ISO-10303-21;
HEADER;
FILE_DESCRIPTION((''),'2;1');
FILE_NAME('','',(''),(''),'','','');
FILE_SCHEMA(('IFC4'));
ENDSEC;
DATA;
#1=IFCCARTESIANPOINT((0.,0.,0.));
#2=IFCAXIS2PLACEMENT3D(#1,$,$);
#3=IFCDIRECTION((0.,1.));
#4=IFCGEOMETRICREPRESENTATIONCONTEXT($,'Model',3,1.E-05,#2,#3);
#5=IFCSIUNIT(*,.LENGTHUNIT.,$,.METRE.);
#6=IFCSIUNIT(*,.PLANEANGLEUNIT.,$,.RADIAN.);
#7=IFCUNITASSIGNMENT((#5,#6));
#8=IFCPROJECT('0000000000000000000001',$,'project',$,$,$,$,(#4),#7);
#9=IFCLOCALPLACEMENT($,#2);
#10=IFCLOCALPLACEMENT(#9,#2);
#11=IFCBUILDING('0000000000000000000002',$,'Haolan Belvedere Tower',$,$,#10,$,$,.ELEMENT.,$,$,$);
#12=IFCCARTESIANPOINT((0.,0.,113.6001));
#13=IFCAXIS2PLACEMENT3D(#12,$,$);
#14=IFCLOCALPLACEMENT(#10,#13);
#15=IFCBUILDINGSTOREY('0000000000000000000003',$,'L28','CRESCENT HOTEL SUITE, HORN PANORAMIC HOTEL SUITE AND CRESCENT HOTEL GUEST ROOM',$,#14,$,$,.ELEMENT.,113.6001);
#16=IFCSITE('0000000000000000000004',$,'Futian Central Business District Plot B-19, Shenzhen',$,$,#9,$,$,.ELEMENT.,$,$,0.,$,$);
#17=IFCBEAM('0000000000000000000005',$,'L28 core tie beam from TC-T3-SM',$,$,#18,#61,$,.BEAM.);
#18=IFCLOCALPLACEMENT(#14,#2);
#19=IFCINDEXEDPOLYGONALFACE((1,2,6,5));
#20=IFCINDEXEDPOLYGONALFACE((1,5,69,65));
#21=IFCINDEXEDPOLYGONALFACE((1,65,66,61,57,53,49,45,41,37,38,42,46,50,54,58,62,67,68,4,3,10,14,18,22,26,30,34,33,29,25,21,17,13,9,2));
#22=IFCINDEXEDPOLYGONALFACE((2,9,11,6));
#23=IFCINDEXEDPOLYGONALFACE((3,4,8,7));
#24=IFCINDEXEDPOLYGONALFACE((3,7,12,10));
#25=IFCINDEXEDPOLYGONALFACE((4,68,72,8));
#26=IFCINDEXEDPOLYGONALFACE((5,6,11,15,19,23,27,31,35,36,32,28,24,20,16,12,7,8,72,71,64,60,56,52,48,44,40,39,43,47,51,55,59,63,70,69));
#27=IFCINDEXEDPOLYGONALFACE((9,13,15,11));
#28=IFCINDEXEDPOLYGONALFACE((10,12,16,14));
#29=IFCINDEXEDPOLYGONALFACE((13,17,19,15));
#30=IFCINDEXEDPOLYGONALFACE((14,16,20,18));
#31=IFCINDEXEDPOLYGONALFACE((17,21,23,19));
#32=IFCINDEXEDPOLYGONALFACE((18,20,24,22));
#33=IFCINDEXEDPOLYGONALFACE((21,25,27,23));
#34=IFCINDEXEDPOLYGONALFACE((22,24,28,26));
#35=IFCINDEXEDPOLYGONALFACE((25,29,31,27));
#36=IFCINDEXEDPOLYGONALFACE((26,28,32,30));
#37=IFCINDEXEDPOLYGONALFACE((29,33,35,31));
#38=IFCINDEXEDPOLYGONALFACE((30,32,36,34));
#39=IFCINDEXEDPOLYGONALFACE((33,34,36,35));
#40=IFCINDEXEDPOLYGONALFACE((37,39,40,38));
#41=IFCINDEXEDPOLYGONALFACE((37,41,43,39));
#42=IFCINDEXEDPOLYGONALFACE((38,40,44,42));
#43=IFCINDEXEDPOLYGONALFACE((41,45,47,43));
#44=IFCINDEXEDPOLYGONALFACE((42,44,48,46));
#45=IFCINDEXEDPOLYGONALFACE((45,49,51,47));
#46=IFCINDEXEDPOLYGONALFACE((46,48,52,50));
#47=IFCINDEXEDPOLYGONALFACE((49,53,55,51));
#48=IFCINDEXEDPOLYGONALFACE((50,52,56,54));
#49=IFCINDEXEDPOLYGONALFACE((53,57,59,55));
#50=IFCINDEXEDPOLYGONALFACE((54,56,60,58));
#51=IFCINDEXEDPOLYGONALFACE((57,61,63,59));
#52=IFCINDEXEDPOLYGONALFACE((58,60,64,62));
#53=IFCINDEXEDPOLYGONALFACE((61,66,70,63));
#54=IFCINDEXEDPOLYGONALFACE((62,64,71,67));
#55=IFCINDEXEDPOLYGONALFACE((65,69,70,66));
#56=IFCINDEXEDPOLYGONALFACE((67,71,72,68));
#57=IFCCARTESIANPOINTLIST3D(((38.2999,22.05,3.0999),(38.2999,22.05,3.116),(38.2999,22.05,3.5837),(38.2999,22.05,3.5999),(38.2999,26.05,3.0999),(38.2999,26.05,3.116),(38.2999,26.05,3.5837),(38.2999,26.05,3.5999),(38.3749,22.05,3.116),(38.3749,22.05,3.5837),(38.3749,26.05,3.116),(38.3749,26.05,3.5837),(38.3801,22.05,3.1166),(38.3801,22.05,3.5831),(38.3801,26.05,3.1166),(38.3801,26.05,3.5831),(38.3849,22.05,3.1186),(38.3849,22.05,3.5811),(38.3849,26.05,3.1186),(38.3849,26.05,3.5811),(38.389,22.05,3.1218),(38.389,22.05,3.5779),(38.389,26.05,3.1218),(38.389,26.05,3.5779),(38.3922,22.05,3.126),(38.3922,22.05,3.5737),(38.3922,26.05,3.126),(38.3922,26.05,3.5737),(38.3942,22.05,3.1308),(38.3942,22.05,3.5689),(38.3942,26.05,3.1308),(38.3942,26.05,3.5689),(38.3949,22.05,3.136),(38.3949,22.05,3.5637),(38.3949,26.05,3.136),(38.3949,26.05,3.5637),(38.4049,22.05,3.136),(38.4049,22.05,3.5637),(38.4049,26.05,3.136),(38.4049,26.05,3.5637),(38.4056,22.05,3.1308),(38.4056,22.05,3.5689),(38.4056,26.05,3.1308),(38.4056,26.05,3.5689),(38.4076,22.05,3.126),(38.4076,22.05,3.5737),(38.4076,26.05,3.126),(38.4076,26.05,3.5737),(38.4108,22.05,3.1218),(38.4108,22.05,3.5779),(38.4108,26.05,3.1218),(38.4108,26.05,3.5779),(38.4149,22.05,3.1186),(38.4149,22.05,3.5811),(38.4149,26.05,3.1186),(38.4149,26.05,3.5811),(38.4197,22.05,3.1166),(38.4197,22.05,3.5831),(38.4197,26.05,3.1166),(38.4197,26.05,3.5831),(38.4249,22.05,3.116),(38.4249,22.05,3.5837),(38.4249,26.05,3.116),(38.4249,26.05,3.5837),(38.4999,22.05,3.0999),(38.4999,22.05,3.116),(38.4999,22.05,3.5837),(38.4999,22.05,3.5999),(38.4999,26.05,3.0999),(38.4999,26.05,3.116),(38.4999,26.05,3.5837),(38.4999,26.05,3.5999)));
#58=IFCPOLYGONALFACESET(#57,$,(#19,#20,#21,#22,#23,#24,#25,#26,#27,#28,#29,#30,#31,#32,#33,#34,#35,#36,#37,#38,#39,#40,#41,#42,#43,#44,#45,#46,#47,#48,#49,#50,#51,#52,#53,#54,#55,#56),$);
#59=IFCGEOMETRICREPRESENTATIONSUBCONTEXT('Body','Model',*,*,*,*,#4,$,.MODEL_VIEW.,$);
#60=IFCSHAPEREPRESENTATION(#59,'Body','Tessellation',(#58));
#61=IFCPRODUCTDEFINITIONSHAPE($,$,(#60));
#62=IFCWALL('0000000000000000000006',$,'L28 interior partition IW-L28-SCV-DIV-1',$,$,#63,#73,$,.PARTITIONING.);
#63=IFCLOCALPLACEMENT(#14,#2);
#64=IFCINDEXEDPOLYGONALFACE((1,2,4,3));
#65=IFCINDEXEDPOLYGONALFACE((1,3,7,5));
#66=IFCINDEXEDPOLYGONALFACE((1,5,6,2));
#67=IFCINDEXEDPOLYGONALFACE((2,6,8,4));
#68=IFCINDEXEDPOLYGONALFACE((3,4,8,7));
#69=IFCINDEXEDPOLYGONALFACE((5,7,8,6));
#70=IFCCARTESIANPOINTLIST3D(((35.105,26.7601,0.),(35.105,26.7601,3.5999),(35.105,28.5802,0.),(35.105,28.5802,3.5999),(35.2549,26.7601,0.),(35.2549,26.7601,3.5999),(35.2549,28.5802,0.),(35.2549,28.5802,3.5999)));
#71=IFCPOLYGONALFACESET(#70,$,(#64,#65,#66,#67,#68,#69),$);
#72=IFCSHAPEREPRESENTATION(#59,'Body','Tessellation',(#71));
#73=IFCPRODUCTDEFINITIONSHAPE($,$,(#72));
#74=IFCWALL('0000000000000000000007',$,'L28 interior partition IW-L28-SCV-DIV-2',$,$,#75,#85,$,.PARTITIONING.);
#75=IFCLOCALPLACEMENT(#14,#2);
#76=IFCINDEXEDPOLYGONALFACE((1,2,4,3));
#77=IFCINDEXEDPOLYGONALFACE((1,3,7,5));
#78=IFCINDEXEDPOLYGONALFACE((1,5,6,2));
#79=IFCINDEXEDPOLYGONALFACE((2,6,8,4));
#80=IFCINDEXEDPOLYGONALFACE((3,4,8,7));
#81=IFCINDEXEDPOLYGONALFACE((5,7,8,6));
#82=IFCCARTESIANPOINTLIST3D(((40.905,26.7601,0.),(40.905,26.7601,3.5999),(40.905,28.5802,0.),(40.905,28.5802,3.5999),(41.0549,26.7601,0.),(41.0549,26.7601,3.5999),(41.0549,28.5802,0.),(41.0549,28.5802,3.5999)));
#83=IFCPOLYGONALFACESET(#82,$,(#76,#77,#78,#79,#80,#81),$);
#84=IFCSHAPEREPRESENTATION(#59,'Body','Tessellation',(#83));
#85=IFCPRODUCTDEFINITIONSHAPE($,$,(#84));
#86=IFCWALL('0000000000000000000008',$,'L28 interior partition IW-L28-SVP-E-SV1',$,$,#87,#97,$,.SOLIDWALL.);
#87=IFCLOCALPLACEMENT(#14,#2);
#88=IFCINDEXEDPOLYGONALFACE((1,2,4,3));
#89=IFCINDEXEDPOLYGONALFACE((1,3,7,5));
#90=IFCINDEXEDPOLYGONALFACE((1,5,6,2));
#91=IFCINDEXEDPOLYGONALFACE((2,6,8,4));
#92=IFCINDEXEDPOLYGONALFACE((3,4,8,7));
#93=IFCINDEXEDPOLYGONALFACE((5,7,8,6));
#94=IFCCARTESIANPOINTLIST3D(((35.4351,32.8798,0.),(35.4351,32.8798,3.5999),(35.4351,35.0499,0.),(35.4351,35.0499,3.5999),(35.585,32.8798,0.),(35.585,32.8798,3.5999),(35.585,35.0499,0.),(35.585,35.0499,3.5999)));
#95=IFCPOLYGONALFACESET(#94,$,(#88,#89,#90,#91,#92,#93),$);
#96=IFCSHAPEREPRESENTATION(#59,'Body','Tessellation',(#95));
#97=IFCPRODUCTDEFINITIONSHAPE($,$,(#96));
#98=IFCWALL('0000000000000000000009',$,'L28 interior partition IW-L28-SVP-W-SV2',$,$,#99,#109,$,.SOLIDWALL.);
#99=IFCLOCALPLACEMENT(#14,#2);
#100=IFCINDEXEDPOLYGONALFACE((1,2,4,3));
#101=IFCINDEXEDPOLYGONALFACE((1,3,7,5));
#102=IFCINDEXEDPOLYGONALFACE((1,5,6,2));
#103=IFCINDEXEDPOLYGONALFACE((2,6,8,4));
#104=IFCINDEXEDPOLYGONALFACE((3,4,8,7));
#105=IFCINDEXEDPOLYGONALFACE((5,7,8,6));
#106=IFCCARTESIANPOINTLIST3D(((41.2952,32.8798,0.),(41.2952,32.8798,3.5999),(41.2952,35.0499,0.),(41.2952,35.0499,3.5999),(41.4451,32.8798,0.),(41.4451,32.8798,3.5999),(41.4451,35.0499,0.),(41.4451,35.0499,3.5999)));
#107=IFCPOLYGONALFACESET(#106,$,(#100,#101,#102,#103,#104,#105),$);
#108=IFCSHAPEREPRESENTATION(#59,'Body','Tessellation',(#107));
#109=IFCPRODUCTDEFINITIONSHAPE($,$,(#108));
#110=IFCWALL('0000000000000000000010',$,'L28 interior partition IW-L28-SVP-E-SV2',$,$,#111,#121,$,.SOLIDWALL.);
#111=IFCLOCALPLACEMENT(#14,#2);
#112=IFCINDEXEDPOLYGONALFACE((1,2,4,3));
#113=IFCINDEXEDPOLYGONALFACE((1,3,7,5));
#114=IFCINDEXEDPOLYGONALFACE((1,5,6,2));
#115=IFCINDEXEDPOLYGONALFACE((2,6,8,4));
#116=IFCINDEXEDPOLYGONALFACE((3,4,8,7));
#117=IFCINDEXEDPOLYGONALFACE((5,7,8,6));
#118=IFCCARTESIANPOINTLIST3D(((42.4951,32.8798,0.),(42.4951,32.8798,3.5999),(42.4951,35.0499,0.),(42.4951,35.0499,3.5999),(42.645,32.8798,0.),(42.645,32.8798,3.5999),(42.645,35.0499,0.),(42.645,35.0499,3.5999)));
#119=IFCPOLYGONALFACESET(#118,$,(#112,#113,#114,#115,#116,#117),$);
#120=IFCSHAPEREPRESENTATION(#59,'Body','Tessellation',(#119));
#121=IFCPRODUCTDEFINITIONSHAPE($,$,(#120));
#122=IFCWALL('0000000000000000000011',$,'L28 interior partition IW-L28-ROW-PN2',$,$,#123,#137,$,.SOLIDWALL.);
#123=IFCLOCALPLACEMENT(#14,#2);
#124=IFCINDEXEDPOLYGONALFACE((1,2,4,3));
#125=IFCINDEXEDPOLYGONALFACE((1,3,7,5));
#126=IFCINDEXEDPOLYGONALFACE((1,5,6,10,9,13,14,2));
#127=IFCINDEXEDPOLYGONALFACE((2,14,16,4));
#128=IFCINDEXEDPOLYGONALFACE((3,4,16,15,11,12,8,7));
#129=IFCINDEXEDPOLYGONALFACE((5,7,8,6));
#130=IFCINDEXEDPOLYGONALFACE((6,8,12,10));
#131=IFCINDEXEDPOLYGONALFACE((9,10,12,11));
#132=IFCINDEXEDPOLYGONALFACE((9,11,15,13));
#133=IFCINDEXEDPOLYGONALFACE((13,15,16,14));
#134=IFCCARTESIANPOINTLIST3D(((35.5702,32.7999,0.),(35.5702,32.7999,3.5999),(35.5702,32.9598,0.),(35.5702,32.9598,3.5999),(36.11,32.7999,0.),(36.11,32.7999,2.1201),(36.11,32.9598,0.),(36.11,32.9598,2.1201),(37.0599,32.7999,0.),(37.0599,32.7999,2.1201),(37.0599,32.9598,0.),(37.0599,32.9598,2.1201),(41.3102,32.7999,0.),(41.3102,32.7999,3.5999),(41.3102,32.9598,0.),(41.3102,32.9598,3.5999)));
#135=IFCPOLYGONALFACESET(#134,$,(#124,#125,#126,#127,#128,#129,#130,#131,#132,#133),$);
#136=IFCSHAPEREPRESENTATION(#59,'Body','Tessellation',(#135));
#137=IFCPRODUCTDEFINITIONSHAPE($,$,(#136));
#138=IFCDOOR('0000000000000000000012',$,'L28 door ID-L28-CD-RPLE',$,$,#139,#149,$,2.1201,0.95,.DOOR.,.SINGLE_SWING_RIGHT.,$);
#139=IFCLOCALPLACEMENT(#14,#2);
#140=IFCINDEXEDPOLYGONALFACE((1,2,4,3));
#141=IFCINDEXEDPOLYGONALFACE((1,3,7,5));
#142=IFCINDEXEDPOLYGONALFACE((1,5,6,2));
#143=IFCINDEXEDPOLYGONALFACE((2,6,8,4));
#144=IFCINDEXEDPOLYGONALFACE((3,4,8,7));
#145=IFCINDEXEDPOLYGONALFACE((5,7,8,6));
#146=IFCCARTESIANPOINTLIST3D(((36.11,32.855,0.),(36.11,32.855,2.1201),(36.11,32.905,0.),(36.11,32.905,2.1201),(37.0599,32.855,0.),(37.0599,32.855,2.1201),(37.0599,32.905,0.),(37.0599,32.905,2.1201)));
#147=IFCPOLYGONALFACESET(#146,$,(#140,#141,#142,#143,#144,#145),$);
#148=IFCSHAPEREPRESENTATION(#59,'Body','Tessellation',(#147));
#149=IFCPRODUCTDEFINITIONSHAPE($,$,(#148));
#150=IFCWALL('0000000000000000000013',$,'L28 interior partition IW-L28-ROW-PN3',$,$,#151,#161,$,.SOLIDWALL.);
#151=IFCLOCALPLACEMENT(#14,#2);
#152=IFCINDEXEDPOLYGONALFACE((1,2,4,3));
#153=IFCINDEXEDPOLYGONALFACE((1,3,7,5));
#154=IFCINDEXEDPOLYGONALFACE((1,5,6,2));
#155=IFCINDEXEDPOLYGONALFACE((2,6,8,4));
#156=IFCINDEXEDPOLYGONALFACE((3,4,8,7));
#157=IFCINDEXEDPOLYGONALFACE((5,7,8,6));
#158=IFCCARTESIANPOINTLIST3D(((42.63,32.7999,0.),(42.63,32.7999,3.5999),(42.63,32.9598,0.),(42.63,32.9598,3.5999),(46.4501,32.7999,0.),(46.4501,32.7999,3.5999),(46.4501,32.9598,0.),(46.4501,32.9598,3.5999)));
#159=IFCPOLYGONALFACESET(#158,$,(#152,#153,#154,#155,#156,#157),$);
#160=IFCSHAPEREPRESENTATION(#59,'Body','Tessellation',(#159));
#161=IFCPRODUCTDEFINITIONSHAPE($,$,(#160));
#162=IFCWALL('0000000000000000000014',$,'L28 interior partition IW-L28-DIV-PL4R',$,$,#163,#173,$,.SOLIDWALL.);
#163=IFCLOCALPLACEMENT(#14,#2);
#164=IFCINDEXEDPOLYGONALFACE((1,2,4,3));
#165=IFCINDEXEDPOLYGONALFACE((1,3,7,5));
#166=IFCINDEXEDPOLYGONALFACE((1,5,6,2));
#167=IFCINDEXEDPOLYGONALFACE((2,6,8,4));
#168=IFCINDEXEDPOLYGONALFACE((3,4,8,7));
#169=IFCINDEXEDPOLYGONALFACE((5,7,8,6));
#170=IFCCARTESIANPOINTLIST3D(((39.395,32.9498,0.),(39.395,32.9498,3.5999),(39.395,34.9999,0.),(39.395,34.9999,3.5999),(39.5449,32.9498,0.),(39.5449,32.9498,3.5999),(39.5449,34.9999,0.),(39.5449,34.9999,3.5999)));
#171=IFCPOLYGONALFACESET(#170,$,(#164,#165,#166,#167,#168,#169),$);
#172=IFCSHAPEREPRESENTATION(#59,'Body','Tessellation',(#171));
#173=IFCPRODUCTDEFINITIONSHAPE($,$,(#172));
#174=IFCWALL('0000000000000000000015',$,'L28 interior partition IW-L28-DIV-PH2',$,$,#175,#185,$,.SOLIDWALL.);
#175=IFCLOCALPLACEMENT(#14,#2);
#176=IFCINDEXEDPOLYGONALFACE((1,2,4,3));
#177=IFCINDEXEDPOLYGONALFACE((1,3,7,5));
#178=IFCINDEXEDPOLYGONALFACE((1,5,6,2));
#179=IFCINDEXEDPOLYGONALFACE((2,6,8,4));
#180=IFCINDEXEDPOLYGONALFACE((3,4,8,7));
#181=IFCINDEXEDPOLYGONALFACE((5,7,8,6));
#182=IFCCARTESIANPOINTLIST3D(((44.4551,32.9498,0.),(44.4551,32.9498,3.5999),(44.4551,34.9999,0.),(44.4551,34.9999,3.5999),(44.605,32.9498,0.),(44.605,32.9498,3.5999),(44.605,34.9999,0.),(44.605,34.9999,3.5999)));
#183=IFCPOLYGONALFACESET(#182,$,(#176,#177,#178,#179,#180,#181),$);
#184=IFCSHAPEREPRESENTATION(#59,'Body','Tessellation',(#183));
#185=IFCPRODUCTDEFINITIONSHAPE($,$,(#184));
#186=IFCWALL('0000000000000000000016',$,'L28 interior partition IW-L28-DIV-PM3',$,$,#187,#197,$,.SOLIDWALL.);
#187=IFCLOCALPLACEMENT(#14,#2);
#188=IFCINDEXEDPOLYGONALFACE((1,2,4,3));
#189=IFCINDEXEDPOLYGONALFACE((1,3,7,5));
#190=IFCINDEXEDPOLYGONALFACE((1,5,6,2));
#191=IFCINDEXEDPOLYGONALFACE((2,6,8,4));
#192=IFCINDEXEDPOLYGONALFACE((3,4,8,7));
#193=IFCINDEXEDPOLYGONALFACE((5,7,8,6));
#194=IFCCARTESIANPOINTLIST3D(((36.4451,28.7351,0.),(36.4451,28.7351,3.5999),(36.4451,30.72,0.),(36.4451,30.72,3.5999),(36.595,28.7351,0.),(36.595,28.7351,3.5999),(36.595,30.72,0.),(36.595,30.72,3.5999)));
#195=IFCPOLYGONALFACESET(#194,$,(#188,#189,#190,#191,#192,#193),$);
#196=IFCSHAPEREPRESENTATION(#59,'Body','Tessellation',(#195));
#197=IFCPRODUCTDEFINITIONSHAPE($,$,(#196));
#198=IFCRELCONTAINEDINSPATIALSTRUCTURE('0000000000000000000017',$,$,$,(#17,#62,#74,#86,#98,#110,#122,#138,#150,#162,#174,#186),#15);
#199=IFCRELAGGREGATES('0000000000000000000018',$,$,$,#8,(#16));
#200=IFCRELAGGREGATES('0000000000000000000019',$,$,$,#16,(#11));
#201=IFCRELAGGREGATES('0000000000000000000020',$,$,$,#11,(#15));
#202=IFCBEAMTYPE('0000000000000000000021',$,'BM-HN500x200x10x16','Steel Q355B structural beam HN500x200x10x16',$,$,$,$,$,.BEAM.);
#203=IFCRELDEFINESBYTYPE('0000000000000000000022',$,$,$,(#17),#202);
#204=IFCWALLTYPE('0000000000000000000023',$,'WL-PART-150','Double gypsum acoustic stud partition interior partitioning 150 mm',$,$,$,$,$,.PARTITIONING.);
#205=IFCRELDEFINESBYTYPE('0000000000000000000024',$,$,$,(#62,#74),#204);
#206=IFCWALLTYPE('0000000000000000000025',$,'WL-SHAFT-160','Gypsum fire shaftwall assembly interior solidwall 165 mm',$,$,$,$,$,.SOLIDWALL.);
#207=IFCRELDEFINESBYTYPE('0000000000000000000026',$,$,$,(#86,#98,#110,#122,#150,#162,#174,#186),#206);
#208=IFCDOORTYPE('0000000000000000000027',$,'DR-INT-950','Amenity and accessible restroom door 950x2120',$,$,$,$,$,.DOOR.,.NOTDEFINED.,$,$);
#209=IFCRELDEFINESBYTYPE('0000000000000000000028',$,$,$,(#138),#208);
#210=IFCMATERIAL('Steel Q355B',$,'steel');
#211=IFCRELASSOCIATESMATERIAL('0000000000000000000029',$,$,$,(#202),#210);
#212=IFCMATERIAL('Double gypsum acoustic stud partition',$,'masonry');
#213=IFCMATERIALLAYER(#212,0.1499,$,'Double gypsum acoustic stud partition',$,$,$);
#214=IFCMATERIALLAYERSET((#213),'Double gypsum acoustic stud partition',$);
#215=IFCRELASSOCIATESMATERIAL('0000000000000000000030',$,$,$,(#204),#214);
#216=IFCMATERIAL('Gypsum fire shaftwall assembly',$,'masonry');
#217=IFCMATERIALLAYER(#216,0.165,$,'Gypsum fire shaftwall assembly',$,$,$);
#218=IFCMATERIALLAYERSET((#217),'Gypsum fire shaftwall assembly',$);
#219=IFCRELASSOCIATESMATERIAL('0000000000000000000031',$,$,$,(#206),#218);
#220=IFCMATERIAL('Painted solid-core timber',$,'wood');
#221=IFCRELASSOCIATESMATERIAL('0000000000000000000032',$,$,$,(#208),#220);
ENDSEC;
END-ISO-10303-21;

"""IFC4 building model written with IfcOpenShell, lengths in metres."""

from ifc_helpers import new_model, si_unit, direction, frame, frame_2d, origin, origin_2d, place, context, subcontext, project, spatial, rectangle, i_section, extrude, material, layer, layer_set, material_profile, profile_set, type_object, element, fill, save


model = new_model("IFC4")

# Units and contexts
model_context = context("Model", 3, precision=1e-05, world=origin(), true_north=direction((0.0, 1.0)))
body_context = subcontext(model_context, "Body", "Model", "MODEL_VIEW")
ifc_project = project(units=[si_unit("LENGTHUNIT", "METRE"), si_unit("PLANEANGLEUNIT", "RADIAN")], contexts=[model_context])

# Site, building, storey
site_placement = place(None, origin())
site = spatial("IfcSite", under=ifc_project, at=site_placement, Name="Futian Central Business District Plot B-19, Shenzhen", CompositionType="ELEMENT", RefElevation=0.0)
building_placement = place(site_placement, origin())
building = spatial("IfcBuilding", under=site, at=building_placement, Name="Haolan Belvedere Tower", CompositionType="ELEMENT")
storey_placement = place(building_placement, frame((0.0, 0.0, 113.6001)))
storey = spatial("IfcBuildingStorey", under=building, at=storey_placement, Name="L28", Description="CRESCENT HOTEL SUITE, HORN PANORAMIC HOTEL SUITE AND CRESCENT HOTEL GUEST ROOM", CompositionType="ELEMENT", Elevation=113.6001)

# Beam
ifc_material_1 = material(Name="Steel Q355B", Category="steel")
ifc_material_profile_1 = material_profile(ifc_material_1, i_section(OverallWidth=0.2, OverallDepth=0.5, WebThickness=0.01, FlangeThickness=0.0161, FilletRadius=0.02, at=origin_2d()), Name="Steel Q355B")
ifc_profile_set_1 = profile_set([ifc_material_profile_1], Name="Steel Q355B")
beam_type_1 = type_object("IfcBeamType", Name="BM-HN500x200x10x16", Description="Steel Q355B structural beam HN500x200x10x16", PredefinedType="BEAM", material=ifc_profile_set_1)
beam_1_placement = place(storey_placement, frame((38.3999, 22.05, 3.3499), z_axis=(0.0, 1.0, 0.0), x_axis=(-1.0, 0.0, 0.0)))
element("IfcBeam", 1, at=beam_1_placement, inside=storey, type_object=beam_type_1, Name="L28 core tie beam from TC-T3-SM", PredefinedType="BEAM", context=body_context, shape_type="SweptSolid", body=[
    extrude(i_section(OverallWidth=0.2, OverallDepth=0.5, WebThickness=0.01, FlangeThickness=0.0161, FilletRadius=0.02, at=origin_2d()), origin(), (0.0, 0.0, 1.0), 4.0),
])

# Walls
ifc_material_2 = material(Name="Double gypsum acoustic stud partition", Category="masonry")
ifc_layer_1 = layer(ifc_material_2, 0.1499, Name="Double gypsum acoustic stud partition")
ifc_layer_set_1 = layer_set([ifc_layer_1], Name="Double gypsum acoustic stud partition")
wall_type_1 = type_object("IfcWallType", Name="WL-PART-150", Description="Double gypsum acoustic stud partition interior partitioning 150 mm", PredefinedType="PARTITIONING", material=ifc_layer_set_1)
for number, where, z_axis, x_axis, name in (
    (2, (35.1799, 26.76, 0.0), (0.0, 0.0, 1.0), (0.0, 1.0, 0.0), "L28 interior partition IW-L28-SCV-DIV-1"),
    (3, (40.98, 26.76, 0.0), (0.0, 0.0, 1.0), (0.0, 1.0, 0.0), "L28 interior partition IW-L28-SCV-DIV-2"),
):
    element("IfcWall", number, at=place(storey_placement, frame(where, z_axis=z_axis, x_axis=x_axis)), inside=storey, type_object=wall_type_1, Name=name, PredefinedType="PARTITIONING", context=body_context, shape_type="SweptSolid", body=[
        extrude(rectangle(XDim=1.8201, YDim=0.1499, at=frame_2d((0.9102, 0.0))), origin(), (0.0, 0.0, 1.0), 3.5999),
    ])
ifc_material_3 = material(Name="Gypsum fire shaftwall assembly", Category="masonry")
ifc_layer_2 = layer(ifc_material_3, 0.165, Name="Gypsum fire shaftwall assembly")
ifc_layer_set_2 = layer_set([ifc_layer_2], Name="Gypsum fire shaftwall assembly")
wall_type_2 = type_object("IfcWallType", Name="WL-SHAFT-160", Description="Gypsum fire shaftwall assembly interior solidwall 165 mm", PredefinedType="SOLIDWALL", material=ifc_layer_set_2)
for number, where, z_axis, x_axis, name in (
    (4, (35.51, 32.8799, 0.0), (0.0, 0.0, 1.0), (0.0, 1.0, 0.0), "L28 interior partition IW-L28-SVP-E-SV1"),
    (5, (41.3701, 32.8799, 0.0), (0.0, 0.0, 1.0), (0.0, 1.0, 0.0), "L28 interior partition IW-L28-SVP-W-SV2"),
    (6, (42.5701, 32.8799, 0.0), (0.0, 0.0, 1.0), (0.0, 1.0, 0.0), "L28 interior partition IW-L28-SVP-E-SV2"),
):
    element("IfcWall", number, at=place(storey_placement, frame(where, z_axis=z_axis, x_axis=x_axis)), inside=storey, type_object=wall_type_2, Name=name, PredefinedType="SOLIDWALL", context=body_context, shape_type="SweptSolid", body=[
        extrude(rectangle(XDim=2.1702, YDim=0.1499, at=frame_2d((1.085, 0.0))), origin(), (0.0, 0.0, 1.0), 3.5999),
    ])

# Wall, opening, door
wall_1_placement = place(storey_placement, frame((35.5701, 32.8799, 0.0), z_axis=(0.0, 0.0, 1.0), x_axis=(1.0, 0.0, 0.0)))
wall_1 = element("IfcWall", 7, at=wall_1_placement, inside=storey, type_object=wall_type_2, Name="L28 interior partition IW-L28-ROW-PN2", PredefinedType="SOLIDWALL", context=body_context, shape_type="SweptSolid", body=[
    extrude(rectangle(XDim=5.74, YDim=0.1599, at=frame_2d((2.8701, 0.0))), origin(), (0.0, 0.0, 1.0), 3.5999),
])
opening_placement = place(wall_1_placement, frame((1.49, 0.0, 0.0), z_axis=(0.0, 0.0, 1.0), x_axis=(-1.0, 0.0, 0.0)))
opening = element("IfcOpeningElement", 8, at=opening_placement, cuts=wall_1, PredefinedType="OPENING", context=body_context, shape_type="SweptSolid", body=[
    extrude(rectangle(XDim=0.95, YDim=2.1201, at=frame_2d((0.4751, 1.0601))), frame((0.0, 0.0898, 0.0), z_axis=(0.0, -1.0, 0.0), x_axis=(1.0, 0.0, 0.0)), (0.0, 0.0, 1.0), 0.1799),
])
ifc_material_4 = material(Name="Painted solid-core timber", Category="wood")
door_type = type_object("IfcDoorType", Name="DR-INT-950", Description="Amenity and accessible restroom door 950x2120", OperationType="NOTDEFINED", PredefinedType="DOOR", material=ifc_material_4)
door_placement = place(opening_placement, origin())
door = element("IfcDoor", 9, at=door_placement, inside=storey, type_object=door_type, Name="L28 door ID-L28-CD-RPLE", OperationType="SINGLE_SWING_RIGHT", OverallHeight=2.1201, OverallWidth=0.95, PredefinedType="DOOR", context=body_context, shape_type="SweptSolid", body=[
    extrude(rectangle(XDim=0.95, YDim=2.1201, at=frame_2d((0.4751, 1.0601))), frame((0.0, 0.0249, 0.0), z_axis=(0.0, -1.0, 0.0), x_axis=(1.0, 0.0, 0.0)), (0.0, 0.0, 1.0), 0.05),
])
fill(opening, door)

# Walls
wall_2_placement = place(storey_placement, frame((42.6299, 32.8799, 0.0), z_axis=(0.0, 0.0, 1.0), x_axis=(1.0, 0.0, 0.0)))
element("IfcWall", 10, at=wall_2_placement, inside=storey, type_object=wall_type_2, Name="L28 interior partition IW-L28-ROW-PN3", PredefinedType="SOLIDWALL", context=body_context, shape_type="SweptSolid", body=[
    extrude(rectangle(XDim=3.8201, YDim=0.1599, at=frame_2d((1.9102, 0.0))), origin(), (0.0, 0.0, 1.0), 3.5999),
])
for number, where, z_axis, x_axis, name in (
    (11, (39.47, 32.95, 0.0), (0.0, 0.0, 1.0), (0.0, 1.0, 0.0), "L28 interior partition IW-L28-DIV-PL4R"),
    (12, (44.53, 32.95, 0.0), (0.0, 0.0, 1.0), (0.0, 1.0, 0.0), "L28 interior partition IW-L28-DIV-PH2"),
):
    element("IfcWall", number, at=place(storey_placement, frame(where, z_axis=z_axis, x_axis=x_axis)), inside=storey, type_object=wall_type_2, Name=name, PredefinedType="SOLIDWALL", context=body_context, shape_type="SweptSolid", body=[
        extrude(rectangle(XDim=2.05, YDim=0.1499, at=frame_2d((1.0249, 0.0))), origin(), (0.0, 0.0, 1.0), 3.5999),
    ])
for number, where, z_axis, x_axis, name in (
    (13, (36.52, 28.7351, 0.0), (0.0, 0.0, 1.0), (0.0, 1.0, 0.0), "L28 interior partition IW-L28-DIV-PM3"),
):
    element("IfcWall", number, at=place(storey_placement, frame(where, z_axis=z_axis, x_axis=x_axis)), inside=storey, type_object=wall_type_2, Name=name, PredefinedType="SOLIDWALL", context=body_context, shape_type="SweptSolid", body=[
        extrude(rectangle(XDim=1.9849, YDim=0.1499, at=frame_2d((0.9924, 0.0))), origin(), (0.0, 0.0, 1.0), 3.5999),
    ])

save(model, "model.ifc")
